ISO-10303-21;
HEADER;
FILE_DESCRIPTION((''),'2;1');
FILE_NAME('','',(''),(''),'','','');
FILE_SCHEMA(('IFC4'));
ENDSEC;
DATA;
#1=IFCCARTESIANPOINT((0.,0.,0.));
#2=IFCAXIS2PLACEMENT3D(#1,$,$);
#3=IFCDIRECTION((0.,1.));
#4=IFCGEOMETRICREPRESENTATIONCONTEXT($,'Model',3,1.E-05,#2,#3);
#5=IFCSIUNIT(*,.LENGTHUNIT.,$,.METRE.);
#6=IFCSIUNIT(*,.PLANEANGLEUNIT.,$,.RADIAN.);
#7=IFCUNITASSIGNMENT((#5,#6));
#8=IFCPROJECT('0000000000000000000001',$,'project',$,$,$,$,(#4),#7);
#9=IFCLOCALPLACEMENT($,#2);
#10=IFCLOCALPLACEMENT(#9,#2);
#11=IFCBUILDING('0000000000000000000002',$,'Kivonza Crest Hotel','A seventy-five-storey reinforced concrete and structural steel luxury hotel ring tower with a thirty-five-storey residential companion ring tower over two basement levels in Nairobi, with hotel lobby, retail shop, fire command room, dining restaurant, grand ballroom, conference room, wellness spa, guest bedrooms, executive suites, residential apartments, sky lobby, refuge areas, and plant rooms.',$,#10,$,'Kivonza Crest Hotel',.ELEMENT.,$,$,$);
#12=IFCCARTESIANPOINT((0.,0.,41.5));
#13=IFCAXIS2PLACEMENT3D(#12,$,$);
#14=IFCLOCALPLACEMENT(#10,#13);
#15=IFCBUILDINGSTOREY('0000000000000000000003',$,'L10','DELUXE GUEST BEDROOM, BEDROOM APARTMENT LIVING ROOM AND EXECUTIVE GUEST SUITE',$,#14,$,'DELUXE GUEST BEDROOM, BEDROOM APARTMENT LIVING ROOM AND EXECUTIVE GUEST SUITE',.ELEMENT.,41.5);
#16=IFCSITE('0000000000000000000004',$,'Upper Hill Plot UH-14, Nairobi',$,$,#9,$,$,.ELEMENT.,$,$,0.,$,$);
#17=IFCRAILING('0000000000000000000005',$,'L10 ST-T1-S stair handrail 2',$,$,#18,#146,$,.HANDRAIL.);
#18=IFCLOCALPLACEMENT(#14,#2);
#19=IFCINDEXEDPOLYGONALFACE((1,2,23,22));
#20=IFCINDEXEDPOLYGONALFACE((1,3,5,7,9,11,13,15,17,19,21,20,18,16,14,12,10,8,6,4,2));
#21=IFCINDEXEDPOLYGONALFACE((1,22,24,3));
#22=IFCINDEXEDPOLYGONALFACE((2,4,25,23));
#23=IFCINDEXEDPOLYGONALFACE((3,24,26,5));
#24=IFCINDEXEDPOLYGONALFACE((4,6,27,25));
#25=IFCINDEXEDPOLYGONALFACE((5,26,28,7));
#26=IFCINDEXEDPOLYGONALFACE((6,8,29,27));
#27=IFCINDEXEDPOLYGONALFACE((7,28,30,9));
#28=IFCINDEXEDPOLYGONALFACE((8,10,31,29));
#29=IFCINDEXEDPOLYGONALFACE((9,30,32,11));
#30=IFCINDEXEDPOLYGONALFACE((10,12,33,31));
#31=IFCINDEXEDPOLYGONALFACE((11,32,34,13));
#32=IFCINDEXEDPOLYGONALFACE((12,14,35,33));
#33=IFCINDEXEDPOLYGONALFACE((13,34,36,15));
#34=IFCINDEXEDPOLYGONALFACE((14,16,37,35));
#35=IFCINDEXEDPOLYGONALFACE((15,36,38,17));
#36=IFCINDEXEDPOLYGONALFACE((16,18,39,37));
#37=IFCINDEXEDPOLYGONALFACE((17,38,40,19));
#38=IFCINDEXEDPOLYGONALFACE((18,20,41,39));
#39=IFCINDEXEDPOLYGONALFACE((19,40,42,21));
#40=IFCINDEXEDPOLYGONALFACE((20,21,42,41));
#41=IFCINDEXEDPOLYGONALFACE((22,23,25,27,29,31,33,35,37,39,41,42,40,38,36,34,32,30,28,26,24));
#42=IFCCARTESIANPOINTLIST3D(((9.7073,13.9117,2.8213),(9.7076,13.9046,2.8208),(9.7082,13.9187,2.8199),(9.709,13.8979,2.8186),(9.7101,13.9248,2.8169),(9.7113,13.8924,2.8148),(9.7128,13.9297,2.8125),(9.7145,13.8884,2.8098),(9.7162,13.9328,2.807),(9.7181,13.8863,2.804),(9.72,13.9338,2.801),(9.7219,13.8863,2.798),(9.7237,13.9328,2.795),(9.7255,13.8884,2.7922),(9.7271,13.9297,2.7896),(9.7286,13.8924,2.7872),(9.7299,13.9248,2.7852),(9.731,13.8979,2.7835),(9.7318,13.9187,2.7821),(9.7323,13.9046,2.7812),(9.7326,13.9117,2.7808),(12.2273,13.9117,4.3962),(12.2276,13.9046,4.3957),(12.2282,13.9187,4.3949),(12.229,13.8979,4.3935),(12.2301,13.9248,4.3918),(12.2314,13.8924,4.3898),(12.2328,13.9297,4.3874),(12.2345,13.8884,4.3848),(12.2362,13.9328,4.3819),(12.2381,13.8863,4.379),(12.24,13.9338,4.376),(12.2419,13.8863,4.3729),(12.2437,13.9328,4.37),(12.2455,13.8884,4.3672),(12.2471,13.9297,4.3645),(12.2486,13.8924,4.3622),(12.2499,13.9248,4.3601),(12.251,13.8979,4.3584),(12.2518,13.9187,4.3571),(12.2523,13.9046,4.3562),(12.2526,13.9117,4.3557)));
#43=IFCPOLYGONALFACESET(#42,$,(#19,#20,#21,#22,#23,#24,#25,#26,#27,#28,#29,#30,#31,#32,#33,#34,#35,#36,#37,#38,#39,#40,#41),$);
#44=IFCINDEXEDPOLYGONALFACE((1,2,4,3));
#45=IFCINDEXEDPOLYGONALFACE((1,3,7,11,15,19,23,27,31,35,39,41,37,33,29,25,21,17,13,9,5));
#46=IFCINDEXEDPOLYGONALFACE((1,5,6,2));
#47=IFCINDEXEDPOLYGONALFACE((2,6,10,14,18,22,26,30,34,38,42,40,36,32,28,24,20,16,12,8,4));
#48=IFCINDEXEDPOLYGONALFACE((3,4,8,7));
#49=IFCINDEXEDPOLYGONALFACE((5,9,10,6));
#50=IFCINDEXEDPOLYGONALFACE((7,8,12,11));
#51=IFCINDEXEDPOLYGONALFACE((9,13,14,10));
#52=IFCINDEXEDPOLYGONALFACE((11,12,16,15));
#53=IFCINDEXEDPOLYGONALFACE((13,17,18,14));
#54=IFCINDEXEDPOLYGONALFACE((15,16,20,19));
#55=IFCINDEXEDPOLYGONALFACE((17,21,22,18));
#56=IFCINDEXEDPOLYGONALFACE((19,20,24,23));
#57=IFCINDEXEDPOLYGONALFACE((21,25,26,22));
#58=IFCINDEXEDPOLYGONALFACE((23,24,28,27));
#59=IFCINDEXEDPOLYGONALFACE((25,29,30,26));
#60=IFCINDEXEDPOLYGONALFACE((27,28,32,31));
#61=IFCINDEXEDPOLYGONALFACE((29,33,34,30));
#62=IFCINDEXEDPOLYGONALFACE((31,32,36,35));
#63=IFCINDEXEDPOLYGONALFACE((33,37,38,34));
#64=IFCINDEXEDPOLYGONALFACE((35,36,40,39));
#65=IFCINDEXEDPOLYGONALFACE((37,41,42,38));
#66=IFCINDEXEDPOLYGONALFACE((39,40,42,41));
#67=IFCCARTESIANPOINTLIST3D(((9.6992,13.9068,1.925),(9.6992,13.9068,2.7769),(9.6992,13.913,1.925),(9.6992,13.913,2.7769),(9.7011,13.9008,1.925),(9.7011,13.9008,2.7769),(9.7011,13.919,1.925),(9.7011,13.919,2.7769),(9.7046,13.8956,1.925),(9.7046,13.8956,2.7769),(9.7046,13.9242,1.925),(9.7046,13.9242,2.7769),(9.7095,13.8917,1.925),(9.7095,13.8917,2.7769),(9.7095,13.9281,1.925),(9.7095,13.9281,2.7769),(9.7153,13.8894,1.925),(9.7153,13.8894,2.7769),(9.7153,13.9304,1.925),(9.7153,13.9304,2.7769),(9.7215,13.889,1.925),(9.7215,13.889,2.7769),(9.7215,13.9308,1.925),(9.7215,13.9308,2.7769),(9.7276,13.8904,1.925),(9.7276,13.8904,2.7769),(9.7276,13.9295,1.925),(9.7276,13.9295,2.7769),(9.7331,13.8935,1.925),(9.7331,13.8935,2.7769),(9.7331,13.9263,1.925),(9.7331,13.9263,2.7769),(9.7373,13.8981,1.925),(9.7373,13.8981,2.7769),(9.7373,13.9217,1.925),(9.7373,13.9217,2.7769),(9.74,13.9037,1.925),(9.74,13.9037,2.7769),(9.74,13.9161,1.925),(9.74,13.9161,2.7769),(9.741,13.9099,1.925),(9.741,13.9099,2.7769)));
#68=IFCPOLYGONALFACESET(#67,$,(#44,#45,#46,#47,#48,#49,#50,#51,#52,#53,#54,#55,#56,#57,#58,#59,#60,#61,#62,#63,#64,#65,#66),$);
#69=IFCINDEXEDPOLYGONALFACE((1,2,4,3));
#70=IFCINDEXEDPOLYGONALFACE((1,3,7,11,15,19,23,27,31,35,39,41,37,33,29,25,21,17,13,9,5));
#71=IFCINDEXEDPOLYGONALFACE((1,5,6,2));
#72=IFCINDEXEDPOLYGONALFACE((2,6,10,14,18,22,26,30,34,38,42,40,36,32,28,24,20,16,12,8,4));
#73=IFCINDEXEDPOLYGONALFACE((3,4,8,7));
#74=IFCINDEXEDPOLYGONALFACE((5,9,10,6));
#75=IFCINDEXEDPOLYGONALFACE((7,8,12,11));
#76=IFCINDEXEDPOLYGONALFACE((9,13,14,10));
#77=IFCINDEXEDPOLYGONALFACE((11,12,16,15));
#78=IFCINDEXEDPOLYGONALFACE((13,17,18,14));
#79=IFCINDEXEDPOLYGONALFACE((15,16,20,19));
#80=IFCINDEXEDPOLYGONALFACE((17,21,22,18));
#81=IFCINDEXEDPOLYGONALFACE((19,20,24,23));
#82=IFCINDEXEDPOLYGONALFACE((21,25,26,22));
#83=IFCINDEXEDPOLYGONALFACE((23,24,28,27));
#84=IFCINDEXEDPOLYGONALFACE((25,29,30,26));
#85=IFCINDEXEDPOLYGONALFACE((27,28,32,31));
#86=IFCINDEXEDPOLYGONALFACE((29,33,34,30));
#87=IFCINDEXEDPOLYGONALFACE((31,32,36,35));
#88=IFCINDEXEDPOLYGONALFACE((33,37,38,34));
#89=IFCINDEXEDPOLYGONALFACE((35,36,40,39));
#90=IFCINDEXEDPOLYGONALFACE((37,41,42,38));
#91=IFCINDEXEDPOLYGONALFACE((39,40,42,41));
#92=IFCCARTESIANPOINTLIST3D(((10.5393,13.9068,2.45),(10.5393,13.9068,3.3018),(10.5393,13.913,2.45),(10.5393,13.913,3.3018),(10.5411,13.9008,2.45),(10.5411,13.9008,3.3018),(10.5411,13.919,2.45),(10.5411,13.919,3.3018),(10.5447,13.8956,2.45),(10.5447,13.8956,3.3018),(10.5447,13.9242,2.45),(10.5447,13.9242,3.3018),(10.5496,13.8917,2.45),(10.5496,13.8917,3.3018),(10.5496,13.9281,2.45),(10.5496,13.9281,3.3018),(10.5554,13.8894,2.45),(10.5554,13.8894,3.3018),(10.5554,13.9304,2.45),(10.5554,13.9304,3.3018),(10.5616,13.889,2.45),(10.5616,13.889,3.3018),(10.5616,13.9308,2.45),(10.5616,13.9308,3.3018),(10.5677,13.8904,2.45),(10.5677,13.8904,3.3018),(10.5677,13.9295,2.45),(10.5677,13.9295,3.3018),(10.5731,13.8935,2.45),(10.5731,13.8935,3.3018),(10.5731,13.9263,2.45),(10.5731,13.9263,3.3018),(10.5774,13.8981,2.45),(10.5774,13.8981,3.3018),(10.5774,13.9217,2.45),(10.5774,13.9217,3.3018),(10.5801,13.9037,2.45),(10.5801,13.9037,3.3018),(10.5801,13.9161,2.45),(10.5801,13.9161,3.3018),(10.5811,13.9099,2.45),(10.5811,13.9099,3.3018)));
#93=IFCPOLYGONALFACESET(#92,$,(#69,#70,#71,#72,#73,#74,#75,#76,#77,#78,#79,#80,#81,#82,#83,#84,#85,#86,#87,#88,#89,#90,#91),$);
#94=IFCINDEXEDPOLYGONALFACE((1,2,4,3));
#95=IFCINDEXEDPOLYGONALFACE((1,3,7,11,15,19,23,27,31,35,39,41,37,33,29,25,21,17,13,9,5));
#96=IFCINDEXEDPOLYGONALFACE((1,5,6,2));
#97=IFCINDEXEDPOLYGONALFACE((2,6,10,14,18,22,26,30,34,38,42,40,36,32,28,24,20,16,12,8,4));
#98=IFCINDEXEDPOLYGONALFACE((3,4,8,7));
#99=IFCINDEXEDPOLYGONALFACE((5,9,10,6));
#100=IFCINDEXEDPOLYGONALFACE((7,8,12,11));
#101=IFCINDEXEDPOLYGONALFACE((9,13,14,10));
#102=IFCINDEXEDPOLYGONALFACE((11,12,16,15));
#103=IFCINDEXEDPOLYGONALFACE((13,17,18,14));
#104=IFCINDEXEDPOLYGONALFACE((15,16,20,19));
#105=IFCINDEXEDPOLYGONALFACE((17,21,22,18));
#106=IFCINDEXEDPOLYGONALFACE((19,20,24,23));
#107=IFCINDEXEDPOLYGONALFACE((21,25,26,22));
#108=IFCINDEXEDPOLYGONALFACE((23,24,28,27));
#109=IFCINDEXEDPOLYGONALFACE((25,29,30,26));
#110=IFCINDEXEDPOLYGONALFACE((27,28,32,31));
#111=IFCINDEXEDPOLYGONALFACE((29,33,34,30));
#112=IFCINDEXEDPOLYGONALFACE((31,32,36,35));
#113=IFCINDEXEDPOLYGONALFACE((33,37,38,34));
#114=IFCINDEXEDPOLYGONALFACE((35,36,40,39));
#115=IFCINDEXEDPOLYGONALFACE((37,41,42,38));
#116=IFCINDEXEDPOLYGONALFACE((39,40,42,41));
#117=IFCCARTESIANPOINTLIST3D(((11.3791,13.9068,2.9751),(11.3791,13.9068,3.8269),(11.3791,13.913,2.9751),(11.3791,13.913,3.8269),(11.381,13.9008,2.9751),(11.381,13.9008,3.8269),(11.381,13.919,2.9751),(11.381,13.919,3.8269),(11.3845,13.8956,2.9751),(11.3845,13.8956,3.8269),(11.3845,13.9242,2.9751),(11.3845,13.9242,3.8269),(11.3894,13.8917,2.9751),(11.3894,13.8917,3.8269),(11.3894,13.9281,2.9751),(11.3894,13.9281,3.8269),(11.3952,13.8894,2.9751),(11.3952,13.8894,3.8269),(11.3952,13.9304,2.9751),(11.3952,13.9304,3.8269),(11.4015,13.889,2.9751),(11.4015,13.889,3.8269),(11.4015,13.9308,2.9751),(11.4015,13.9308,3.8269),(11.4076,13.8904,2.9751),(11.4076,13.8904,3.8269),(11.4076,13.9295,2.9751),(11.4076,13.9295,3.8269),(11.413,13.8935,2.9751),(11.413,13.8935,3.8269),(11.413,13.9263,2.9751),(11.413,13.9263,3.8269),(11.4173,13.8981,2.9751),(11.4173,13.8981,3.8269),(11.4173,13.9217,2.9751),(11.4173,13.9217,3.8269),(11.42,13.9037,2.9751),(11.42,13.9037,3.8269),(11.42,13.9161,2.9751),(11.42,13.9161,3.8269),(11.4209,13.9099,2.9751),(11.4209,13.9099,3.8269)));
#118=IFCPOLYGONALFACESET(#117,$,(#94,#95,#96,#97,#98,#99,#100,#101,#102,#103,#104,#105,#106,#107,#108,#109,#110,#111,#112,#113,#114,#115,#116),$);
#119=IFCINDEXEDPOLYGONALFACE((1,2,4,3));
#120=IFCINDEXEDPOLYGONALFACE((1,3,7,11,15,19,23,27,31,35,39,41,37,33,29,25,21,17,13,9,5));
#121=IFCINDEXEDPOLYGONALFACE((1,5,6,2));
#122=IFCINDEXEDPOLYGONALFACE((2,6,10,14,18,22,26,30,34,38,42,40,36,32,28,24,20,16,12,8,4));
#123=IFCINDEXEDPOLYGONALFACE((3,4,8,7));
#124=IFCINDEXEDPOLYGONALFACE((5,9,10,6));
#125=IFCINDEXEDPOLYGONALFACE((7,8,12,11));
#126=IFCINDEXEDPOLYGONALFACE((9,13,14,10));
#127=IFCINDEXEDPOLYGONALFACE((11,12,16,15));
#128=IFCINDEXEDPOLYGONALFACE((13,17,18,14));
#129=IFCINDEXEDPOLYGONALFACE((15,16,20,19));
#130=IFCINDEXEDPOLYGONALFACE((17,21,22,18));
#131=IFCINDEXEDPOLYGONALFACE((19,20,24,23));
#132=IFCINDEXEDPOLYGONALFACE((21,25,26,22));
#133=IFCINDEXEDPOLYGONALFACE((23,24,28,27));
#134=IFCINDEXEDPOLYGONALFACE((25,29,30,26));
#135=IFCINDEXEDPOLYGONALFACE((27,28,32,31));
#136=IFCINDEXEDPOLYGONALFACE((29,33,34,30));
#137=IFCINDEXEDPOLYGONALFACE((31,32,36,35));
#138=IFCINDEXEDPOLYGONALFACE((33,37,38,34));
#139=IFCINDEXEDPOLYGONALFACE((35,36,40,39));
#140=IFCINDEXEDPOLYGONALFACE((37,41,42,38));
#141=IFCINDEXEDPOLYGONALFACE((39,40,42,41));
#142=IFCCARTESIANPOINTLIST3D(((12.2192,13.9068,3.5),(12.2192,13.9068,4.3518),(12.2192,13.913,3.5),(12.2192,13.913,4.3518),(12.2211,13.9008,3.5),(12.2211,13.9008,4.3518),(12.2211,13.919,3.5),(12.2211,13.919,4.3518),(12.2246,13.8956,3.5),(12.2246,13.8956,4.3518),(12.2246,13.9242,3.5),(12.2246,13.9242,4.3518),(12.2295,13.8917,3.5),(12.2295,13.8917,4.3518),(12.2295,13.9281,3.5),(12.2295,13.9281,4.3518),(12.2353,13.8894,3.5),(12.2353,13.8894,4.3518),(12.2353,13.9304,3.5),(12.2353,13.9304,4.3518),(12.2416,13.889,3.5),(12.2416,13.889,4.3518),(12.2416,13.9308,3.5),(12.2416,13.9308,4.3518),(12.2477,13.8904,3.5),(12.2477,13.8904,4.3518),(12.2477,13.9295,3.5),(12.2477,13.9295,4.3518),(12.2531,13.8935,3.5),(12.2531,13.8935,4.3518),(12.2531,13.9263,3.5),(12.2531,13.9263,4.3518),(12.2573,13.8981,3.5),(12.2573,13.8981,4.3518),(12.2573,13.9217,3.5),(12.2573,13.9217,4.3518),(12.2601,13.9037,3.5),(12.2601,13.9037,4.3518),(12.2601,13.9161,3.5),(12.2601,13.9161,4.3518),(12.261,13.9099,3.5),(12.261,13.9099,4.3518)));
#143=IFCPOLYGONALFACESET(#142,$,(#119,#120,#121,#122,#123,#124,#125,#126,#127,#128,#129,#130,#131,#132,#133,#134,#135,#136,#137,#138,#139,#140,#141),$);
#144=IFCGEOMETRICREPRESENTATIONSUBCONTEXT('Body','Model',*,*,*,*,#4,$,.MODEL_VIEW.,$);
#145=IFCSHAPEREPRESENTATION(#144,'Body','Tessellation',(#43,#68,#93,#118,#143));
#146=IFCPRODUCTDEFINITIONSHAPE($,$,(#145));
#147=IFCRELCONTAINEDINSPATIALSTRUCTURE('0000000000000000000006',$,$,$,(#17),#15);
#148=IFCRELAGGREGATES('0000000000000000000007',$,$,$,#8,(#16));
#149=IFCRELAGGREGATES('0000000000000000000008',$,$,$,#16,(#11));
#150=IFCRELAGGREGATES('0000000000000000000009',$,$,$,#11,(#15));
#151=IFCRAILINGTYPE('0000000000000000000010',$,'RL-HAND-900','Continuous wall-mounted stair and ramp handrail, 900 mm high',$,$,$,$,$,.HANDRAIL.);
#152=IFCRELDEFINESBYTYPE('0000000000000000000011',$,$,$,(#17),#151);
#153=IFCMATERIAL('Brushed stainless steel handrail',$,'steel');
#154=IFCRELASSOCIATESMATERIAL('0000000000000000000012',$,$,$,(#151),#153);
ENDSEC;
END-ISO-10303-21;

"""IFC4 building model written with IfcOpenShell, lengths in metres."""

from ifc_helpers import new_model, si_unit, direction, frame, origin, origin_2d, place, context, subcontext, project, spatial, circle, extrude, material, type_object, element, save


model = new_model("IFC4")

# Units and contexts
model_context = context("Model", 3, precision=1e-05, world=origin(), true_north=direction((0.0, 1.0)))
body_context = subcontext(model_context, "Body", "Model", "MODEL_VIEW")
ifc_project = project(units=[si_unit("LENGTHUNIT", "METRE"), si_unit("PLANEANGLEUNIT", "RADIAN")], contexts=[model_context])

# Site, building, storey
site_placement = place(None, origin())
site = spatial("IfcSite", under=ifc_project, at=site_placement, Name="Upper Hill Plot UH-14, Nairobi", CompositionType="ELEMENT", RefElevation=0.0)
building_placement = place(site_placement, origin())
building = spatial("IfcBuilding", under=site, at=building_placement, Name="Kivonza Crest Hotel", Description="A seventy-five-storey reinforced concrete and structural steel luxury hotel ring tower with a thirty-five-storey residential companion ring tower over two basement levels in Nairobi, with hotel lobby, retail shop, fire command room, dining restaurant, grand ballroom, conference room, wellness spa, guest bedrooms, executive suites, residential apartments, sky lobby, refuge areas, and plant rooms.", LongName="Kivonza Crest Hotel", CompositionType="ELEMENT")
storey_placement = place(building_placement, frame((0.0, 0.0, 41.5)))
storey = spatial("IfcBuildingStorey", under=building, at=storey_placement, Name="L10", Description="DELUXE GUEST BEDROOM, BEDROOM APARTMENT LIVING ROOM AND EXECUTIVE GUEST SUITE", LongName="DELUXE GUEST BEDROOM, BEDROOM APARTMENT LIVING ROOM AND EXECUTIVE GUEST SUITE", CompositionType="ELEMENT", Elevation=41.5)

# Railing
ifc_material_1 = material(Name="Brushed stainless steel handrail", Category="steel")
railing_type_1 = type_object("IfcRailingType", Name="RL-HAND-900", Description="Continuous wall-mounted stair and ramp handrail, 900 mm high", PredefinedType="HANDRAIL", material=ifc_material_1)
railing_1_placement = place(storey_placement, frame((9.72, 13.9099, 1.925)))
element("IfcRailing", 1, at=railing_1_placement, inside=storey, type_object=railing_type_1, Name="L10 ST-T1-S stair handrail 2", PredefinedType="HANDRAIL", context=body_context, shape_type="SweptSolid", body=[
    extrude(circle(Radius=0.0239, at=origin_2d()), frame((0.0, 0.0, 0.876), z_axis=(0.848008, 0.0, 0.529984), x_axis=(0.0, 1.0, 0.0)), (0.0, 0.0, 1.0), 2.9717),
    extrude(circle(Radius=0.021, at=origin_2d()), origin(), (0.0, 0.0, 1.0), 0.8518),
    extrude(circle(Radius=0.021, at=origin_2d()), frame((0.8401, 0.0, 0.5249)), (0.0, 0.0, 1.0), 0.8518),
    extrude(circle(Radius=0.021, at=origin_2d()), frame((1.6799, 0.0, 1.05)), (0.0, 0.0, 1.0), 0.8518),
    extrude(circle(Radius=0.021, at=origin_2d()), frame((2.52, 0.0, 1.575)), (0.0, 0.0, 1.0), 0.8518),
])

save(model, "model.ifc")
